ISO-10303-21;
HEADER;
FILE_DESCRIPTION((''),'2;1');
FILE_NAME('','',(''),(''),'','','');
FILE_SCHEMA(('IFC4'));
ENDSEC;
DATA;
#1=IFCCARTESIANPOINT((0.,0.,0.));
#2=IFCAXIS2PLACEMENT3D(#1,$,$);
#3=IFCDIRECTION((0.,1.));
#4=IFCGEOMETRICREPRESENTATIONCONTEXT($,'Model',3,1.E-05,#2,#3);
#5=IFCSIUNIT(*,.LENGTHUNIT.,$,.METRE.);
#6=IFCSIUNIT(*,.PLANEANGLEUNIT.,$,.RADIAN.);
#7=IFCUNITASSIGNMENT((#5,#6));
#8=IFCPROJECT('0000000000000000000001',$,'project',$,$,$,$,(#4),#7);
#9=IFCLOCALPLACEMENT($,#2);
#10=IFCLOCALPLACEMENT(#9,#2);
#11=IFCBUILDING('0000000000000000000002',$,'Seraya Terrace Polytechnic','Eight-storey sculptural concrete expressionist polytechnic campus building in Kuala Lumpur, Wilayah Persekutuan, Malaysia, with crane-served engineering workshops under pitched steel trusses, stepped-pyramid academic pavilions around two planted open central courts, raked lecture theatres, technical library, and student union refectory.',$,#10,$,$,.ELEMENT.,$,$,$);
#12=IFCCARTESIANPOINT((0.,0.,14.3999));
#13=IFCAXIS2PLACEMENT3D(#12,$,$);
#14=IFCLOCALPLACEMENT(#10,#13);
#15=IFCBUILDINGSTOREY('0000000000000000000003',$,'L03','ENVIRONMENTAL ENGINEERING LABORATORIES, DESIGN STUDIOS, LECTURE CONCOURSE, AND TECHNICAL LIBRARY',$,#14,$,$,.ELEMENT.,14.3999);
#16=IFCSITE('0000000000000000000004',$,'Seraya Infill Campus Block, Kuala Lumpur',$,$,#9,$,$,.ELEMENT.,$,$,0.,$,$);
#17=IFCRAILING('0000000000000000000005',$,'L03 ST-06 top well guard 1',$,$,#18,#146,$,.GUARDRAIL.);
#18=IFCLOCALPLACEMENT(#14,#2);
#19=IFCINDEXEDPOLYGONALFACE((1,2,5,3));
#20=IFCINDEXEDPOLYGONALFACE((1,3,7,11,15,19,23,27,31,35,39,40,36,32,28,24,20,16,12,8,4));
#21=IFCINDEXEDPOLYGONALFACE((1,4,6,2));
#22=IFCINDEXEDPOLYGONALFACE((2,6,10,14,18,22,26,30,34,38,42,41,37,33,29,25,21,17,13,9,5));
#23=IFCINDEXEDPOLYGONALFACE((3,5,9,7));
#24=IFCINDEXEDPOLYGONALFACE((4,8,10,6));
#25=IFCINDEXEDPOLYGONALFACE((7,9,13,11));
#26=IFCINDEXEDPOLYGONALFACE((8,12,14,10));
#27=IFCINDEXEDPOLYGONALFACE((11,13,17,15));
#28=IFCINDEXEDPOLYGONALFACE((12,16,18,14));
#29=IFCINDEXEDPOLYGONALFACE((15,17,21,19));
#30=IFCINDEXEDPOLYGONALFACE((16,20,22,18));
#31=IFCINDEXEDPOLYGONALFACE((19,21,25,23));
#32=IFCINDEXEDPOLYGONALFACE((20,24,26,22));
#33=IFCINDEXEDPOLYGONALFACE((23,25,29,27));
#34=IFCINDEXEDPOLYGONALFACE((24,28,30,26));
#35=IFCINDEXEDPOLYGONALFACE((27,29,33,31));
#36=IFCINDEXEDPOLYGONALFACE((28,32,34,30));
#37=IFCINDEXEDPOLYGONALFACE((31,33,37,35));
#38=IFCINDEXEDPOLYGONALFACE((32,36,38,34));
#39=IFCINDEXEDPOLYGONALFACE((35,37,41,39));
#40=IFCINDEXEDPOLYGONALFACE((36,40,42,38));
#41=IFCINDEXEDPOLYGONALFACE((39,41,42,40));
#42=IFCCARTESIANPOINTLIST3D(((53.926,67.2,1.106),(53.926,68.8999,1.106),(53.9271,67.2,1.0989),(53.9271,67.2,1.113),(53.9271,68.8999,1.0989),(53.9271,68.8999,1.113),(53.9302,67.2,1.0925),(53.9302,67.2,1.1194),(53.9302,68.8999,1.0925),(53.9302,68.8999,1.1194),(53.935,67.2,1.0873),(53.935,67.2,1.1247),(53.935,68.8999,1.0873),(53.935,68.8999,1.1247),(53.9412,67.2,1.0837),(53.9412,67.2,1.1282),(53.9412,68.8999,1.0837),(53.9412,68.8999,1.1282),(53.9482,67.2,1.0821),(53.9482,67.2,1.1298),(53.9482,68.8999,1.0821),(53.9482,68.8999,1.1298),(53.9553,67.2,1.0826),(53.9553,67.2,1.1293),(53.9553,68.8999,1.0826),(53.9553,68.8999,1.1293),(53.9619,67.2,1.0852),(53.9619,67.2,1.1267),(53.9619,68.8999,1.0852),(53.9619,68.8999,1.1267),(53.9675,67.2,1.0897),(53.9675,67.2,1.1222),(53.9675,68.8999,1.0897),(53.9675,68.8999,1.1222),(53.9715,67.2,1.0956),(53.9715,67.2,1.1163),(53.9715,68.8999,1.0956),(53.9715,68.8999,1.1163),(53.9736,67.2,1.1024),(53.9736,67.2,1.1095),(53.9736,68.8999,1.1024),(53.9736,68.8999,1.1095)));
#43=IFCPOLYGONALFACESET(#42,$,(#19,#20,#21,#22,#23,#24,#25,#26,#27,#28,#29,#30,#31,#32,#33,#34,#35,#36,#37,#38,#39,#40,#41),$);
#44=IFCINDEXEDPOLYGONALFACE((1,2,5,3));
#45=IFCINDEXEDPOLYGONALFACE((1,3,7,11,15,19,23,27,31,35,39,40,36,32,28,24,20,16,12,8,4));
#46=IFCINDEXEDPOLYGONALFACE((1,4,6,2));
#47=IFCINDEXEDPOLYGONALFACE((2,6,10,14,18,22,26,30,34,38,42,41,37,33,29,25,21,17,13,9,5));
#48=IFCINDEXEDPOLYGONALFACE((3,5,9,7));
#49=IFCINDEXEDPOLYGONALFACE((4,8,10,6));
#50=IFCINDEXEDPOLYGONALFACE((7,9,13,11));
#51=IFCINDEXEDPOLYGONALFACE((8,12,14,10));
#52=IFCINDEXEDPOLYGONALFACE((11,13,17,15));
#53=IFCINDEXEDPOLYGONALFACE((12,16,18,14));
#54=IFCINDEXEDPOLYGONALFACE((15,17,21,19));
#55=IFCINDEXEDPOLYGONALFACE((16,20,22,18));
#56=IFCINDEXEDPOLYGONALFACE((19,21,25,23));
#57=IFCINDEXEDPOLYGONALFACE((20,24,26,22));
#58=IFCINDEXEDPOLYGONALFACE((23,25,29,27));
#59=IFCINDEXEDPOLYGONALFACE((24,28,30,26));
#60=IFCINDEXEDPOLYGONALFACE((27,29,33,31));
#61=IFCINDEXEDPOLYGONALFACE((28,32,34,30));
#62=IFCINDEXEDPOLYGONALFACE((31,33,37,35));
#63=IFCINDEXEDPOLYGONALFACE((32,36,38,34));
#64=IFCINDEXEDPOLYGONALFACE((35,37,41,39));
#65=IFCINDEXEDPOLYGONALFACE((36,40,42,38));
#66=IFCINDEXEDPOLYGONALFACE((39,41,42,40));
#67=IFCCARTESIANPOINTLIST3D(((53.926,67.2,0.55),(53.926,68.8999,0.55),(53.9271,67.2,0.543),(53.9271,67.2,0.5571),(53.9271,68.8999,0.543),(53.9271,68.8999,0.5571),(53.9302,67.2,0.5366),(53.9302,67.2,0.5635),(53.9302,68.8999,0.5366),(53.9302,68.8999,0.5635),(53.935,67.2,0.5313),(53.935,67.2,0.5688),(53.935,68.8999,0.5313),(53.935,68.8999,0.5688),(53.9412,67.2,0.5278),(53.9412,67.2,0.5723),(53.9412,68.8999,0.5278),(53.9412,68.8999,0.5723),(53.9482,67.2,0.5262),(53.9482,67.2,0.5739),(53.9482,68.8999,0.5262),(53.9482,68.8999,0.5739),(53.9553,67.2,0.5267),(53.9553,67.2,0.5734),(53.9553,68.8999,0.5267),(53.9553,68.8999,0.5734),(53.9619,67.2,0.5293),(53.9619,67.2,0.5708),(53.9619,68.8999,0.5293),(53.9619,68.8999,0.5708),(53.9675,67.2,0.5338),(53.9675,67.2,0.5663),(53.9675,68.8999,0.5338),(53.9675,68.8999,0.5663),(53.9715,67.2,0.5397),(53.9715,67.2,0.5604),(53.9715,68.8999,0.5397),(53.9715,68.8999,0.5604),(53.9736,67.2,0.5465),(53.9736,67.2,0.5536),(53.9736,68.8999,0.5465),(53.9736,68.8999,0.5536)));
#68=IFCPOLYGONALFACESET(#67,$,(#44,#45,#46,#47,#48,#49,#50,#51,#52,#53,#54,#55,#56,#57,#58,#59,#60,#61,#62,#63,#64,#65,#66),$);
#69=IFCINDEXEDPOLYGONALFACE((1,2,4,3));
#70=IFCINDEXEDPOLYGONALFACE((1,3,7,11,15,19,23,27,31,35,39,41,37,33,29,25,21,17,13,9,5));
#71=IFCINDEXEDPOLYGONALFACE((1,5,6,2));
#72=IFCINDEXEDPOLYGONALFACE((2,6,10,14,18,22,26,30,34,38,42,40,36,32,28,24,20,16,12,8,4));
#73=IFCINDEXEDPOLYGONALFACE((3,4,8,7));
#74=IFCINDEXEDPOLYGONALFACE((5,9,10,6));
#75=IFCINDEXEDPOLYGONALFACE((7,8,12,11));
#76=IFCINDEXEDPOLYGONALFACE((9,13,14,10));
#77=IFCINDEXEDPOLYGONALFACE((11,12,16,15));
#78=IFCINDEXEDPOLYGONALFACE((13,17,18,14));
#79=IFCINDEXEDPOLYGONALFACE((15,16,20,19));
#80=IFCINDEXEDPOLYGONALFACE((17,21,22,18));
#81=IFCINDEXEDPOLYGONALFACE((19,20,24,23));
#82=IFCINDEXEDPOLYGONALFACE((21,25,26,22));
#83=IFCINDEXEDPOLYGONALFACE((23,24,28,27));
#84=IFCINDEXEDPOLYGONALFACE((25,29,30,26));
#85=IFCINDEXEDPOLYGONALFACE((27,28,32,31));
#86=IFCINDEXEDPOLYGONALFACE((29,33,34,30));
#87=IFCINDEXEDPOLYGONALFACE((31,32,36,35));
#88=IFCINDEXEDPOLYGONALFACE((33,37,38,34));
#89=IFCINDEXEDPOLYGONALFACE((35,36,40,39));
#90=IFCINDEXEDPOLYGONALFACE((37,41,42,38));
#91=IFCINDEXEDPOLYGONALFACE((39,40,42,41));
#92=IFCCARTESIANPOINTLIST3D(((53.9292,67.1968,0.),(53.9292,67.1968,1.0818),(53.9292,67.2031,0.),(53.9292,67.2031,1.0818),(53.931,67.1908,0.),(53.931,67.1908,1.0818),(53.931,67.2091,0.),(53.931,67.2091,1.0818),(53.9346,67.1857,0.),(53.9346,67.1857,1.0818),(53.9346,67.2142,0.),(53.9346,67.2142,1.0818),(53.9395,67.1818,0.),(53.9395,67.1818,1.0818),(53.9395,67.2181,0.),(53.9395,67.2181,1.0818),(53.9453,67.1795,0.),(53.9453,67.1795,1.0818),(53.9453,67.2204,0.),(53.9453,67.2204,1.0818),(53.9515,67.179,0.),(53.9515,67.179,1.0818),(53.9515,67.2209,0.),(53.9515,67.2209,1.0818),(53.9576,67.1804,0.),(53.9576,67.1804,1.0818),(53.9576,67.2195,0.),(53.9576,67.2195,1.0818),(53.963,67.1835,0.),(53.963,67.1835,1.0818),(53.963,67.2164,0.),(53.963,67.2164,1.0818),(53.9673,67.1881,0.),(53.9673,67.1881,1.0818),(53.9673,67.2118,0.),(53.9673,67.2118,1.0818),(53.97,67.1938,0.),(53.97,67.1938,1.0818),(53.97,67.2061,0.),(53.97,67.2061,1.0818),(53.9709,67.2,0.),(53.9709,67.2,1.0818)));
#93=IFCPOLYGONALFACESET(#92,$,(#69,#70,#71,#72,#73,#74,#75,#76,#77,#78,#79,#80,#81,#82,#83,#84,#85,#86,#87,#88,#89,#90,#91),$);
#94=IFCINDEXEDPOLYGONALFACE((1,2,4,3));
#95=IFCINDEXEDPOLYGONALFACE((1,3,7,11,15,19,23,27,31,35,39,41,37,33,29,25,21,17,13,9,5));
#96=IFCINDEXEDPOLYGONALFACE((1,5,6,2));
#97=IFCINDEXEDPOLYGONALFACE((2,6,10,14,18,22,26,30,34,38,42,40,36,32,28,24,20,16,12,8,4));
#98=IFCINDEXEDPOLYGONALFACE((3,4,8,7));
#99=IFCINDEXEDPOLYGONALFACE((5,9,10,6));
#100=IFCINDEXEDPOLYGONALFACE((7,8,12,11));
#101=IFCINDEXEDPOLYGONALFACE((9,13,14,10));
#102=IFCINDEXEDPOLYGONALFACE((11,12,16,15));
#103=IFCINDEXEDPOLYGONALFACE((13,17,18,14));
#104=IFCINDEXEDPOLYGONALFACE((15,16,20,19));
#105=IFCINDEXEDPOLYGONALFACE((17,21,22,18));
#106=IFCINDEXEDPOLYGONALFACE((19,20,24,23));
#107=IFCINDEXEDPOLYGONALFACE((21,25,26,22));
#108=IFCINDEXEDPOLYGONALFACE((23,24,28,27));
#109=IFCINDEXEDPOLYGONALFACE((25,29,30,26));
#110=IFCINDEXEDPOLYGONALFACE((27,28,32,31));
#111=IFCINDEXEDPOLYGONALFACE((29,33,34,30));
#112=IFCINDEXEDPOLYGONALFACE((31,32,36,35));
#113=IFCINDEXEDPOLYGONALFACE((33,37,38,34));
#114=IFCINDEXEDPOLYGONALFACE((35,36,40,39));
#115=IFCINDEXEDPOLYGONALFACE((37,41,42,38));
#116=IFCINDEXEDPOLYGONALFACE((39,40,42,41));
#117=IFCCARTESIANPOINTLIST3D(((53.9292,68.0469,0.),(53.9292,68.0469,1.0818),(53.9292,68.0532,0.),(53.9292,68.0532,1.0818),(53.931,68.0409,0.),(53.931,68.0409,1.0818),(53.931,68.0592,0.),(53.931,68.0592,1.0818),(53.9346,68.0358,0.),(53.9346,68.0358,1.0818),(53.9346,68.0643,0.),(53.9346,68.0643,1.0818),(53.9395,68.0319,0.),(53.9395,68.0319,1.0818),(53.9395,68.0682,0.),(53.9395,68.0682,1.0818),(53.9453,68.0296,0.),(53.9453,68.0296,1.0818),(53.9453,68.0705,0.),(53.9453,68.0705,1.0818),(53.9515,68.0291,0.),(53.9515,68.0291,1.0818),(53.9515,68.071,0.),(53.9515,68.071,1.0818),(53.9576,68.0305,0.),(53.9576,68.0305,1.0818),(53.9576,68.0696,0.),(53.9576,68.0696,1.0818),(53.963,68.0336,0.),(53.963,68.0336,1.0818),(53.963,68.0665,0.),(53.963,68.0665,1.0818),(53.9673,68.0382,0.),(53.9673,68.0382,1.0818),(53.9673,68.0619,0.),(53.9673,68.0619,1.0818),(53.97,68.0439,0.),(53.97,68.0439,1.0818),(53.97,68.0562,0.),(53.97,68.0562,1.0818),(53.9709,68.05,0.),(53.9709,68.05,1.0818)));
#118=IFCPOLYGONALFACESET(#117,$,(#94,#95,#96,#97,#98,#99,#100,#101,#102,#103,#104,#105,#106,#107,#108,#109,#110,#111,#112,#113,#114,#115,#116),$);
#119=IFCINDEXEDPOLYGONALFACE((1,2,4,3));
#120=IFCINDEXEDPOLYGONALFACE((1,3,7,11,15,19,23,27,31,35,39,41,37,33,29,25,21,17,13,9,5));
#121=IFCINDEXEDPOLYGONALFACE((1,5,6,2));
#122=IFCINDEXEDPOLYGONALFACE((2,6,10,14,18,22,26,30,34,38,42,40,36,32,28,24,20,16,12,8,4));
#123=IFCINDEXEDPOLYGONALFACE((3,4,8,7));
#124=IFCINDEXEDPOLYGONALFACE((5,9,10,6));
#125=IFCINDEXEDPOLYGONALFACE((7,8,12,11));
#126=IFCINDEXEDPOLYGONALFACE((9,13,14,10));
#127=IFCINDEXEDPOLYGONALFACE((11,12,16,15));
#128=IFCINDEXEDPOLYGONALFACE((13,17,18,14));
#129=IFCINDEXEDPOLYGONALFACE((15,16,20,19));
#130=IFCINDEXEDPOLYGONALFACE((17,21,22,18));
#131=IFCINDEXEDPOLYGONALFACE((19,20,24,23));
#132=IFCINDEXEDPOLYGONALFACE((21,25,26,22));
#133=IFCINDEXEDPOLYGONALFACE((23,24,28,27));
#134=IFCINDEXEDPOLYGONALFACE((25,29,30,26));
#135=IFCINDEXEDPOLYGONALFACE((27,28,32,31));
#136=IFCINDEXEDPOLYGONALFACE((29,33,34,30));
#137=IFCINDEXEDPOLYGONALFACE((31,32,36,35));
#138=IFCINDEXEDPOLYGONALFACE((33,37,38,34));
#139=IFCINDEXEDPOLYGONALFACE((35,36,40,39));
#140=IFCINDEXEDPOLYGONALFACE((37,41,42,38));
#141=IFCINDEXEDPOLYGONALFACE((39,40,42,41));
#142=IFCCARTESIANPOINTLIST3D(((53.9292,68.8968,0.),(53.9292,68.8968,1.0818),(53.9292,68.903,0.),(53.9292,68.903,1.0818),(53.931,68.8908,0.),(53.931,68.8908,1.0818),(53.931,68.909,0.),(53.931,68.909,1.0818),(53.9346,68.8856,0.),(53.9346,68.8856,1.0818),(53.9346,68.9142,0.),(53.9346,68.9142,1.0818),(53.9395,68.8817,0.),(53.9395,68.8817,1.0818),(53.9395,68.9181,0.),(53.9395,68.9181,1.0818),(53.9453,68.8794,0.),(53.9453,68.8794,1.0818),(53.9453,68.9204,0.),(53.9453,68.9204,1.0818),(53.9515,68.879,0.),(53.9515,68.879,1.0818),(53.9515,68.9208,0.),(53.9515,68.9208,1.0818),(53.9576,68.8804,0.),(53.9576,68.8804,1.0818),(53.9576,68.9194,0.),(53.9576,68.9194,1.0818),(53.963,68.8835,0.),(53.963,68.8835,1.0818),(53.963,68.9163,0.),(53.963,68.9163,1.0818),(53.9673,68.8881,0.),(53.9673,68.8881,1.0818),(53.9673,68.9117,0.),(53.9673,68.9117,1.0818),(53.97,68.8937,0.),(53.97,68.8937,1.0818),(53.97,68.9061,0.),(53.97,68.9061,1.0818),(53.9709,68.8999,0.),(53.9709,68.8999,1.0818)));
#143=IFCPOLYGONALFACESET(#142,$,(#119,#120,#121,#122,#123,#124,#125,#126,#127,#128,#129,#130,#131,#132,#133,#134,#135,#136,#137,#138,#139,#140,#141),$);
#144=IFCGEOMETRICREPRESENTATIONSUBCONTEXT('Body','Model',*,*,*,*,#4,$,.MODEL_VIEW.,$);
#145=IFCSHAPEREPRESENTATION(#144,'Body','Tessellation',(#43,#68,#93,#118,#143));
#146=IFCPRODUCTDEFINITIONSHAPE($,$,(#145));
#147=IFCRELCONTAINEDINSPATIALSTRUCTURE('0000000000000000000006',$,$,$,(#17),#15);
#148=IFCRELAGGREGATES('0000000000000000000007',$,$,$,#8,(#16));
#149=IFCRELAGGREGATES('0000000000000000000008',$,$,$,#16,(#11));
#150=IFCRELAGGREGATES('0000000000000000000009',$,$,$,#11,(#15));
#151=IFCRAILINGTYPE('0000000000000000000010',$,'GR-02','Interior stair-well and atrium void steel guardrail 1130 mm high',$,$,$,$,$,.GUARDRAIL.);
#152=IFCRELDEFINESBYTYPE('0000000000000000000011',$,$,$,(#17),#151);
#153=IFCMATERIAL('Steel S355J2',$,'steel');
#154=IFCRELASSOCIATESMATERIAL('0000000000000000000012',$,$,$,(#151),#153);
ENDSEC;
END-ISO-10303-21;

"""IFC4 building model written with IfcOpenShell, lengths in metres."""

from ifc_helpers import new_model, si_unit, direction, frame, origin, origin_2d, place, context, subcontext, project, spatial, circle, extrude, material, type_object, element, save


model = new_model("IFC4")

# Units and contexts
model_context = context("Model", 3, precision=1e-05, world=origin(), true_north=direction((0.0, 1.0)))
body_context = subcontext(model_context, "Body", "Model", "MODEL_VIEW")
ifc_project = project(units=[si_unit("LENGTHUNIT", "METRE"), si_unit("PLANEANGLEUNIT", "RADIAN")], contexts=[model_context])

# Site, building, storey
site_placement = place(None, origin())
site = spatial("IfcSite", under=ifc_project, at=site_placement, Name="Seraya Infill Campus Block, Kuala Lumpur", CompositionType="ELEMENT", RefElevation=0.0)
building_placement = place(site_placement, origin())
building = spatial("IfcBuilding", under=site, at=building_placement, Name="Seraya Terrace Polytechnic", Description="Eight-storey sculptural concrete expressionist polytechnic campus building in Kuala Lumpur, Wilayah Persekutuan, Malaysia, with crane-served engineering workshops under pitched steel trusses, stepped-pyramid academic pavilions around two planted open central courts, raked lecture theatres, technical library, and student union refectory.", CompositionType="ELEMENT")
storey_placement = place(building_placement, frame((0.0, 0.0, 14.3999)))
storey = spatial("IfcBuildingStorey", under=building, at=storey_placement, Name="L03", Description="ENVIRONMENTAL ENGINEERING LABORATORIES, DESIGN STUDIOS, LECTURE CONCOURSE, AND TECHNICAL LIBRARY", CompositionType="ELEMENT", Elevation=14.3999)

# Shared definitions
ifc_material_1 = material(Name="Steel S355J2", Category="steel")

# Railing
railing_type = type_object("IfcRailingType", Name="GR-02", Description="Interior stair-well and atrium void steel guardrail 1130 mm high", PredefinedType="GUARDRAIL", material=ifc_material_1)
railing_placement = place(storey_placement, frame((53.95, 67.2, 0.0)))
element("IfcRailing", 1, at=railing_placement, inside=storey, type_object=railing_type, Name="L03 ST-06 top well guard 1", PredefinedType="GUARDRAIL", context=body_context, shape_type="SweptSolid", body=[
    extrude(circle(Radius=0.0239, at=origin_2d()), frame((0.0, 0.0, 1.106), z_axis=(0.0, 1.0, 0.0), x_axis=(-1.0, 0.0, 0.0)), (0.0, 0.0, 1.0), 1.7),
    extrude(circle(Radius=0.0239, at=origin_2d()), frame((0.0, 0.0, 0.55), z_axis=(0.0, 1.0, 0.0), x_axis=(-1.0, 0.0, 0.0)), (0.0, 0.0, 1.0), 1.7),
    extrude(circle(Radius=0.021, at=origin_2d()), origin(), (0.0, 0.0, 1.0), 1.0818),
    extrude(circle(Radius=0.021, at=origin_2d()), frame((0.0, 0.8501, 0.0)), (0.0, 0.0, 1.0), 1.0818),
    extrude(circle(Radius=0.021, at=origin_2d()), frame((0.0, 1.7, 0.0)), (0.0, 0.0, 1.0), 1.0818),
])

save(model, "model.ifc")
